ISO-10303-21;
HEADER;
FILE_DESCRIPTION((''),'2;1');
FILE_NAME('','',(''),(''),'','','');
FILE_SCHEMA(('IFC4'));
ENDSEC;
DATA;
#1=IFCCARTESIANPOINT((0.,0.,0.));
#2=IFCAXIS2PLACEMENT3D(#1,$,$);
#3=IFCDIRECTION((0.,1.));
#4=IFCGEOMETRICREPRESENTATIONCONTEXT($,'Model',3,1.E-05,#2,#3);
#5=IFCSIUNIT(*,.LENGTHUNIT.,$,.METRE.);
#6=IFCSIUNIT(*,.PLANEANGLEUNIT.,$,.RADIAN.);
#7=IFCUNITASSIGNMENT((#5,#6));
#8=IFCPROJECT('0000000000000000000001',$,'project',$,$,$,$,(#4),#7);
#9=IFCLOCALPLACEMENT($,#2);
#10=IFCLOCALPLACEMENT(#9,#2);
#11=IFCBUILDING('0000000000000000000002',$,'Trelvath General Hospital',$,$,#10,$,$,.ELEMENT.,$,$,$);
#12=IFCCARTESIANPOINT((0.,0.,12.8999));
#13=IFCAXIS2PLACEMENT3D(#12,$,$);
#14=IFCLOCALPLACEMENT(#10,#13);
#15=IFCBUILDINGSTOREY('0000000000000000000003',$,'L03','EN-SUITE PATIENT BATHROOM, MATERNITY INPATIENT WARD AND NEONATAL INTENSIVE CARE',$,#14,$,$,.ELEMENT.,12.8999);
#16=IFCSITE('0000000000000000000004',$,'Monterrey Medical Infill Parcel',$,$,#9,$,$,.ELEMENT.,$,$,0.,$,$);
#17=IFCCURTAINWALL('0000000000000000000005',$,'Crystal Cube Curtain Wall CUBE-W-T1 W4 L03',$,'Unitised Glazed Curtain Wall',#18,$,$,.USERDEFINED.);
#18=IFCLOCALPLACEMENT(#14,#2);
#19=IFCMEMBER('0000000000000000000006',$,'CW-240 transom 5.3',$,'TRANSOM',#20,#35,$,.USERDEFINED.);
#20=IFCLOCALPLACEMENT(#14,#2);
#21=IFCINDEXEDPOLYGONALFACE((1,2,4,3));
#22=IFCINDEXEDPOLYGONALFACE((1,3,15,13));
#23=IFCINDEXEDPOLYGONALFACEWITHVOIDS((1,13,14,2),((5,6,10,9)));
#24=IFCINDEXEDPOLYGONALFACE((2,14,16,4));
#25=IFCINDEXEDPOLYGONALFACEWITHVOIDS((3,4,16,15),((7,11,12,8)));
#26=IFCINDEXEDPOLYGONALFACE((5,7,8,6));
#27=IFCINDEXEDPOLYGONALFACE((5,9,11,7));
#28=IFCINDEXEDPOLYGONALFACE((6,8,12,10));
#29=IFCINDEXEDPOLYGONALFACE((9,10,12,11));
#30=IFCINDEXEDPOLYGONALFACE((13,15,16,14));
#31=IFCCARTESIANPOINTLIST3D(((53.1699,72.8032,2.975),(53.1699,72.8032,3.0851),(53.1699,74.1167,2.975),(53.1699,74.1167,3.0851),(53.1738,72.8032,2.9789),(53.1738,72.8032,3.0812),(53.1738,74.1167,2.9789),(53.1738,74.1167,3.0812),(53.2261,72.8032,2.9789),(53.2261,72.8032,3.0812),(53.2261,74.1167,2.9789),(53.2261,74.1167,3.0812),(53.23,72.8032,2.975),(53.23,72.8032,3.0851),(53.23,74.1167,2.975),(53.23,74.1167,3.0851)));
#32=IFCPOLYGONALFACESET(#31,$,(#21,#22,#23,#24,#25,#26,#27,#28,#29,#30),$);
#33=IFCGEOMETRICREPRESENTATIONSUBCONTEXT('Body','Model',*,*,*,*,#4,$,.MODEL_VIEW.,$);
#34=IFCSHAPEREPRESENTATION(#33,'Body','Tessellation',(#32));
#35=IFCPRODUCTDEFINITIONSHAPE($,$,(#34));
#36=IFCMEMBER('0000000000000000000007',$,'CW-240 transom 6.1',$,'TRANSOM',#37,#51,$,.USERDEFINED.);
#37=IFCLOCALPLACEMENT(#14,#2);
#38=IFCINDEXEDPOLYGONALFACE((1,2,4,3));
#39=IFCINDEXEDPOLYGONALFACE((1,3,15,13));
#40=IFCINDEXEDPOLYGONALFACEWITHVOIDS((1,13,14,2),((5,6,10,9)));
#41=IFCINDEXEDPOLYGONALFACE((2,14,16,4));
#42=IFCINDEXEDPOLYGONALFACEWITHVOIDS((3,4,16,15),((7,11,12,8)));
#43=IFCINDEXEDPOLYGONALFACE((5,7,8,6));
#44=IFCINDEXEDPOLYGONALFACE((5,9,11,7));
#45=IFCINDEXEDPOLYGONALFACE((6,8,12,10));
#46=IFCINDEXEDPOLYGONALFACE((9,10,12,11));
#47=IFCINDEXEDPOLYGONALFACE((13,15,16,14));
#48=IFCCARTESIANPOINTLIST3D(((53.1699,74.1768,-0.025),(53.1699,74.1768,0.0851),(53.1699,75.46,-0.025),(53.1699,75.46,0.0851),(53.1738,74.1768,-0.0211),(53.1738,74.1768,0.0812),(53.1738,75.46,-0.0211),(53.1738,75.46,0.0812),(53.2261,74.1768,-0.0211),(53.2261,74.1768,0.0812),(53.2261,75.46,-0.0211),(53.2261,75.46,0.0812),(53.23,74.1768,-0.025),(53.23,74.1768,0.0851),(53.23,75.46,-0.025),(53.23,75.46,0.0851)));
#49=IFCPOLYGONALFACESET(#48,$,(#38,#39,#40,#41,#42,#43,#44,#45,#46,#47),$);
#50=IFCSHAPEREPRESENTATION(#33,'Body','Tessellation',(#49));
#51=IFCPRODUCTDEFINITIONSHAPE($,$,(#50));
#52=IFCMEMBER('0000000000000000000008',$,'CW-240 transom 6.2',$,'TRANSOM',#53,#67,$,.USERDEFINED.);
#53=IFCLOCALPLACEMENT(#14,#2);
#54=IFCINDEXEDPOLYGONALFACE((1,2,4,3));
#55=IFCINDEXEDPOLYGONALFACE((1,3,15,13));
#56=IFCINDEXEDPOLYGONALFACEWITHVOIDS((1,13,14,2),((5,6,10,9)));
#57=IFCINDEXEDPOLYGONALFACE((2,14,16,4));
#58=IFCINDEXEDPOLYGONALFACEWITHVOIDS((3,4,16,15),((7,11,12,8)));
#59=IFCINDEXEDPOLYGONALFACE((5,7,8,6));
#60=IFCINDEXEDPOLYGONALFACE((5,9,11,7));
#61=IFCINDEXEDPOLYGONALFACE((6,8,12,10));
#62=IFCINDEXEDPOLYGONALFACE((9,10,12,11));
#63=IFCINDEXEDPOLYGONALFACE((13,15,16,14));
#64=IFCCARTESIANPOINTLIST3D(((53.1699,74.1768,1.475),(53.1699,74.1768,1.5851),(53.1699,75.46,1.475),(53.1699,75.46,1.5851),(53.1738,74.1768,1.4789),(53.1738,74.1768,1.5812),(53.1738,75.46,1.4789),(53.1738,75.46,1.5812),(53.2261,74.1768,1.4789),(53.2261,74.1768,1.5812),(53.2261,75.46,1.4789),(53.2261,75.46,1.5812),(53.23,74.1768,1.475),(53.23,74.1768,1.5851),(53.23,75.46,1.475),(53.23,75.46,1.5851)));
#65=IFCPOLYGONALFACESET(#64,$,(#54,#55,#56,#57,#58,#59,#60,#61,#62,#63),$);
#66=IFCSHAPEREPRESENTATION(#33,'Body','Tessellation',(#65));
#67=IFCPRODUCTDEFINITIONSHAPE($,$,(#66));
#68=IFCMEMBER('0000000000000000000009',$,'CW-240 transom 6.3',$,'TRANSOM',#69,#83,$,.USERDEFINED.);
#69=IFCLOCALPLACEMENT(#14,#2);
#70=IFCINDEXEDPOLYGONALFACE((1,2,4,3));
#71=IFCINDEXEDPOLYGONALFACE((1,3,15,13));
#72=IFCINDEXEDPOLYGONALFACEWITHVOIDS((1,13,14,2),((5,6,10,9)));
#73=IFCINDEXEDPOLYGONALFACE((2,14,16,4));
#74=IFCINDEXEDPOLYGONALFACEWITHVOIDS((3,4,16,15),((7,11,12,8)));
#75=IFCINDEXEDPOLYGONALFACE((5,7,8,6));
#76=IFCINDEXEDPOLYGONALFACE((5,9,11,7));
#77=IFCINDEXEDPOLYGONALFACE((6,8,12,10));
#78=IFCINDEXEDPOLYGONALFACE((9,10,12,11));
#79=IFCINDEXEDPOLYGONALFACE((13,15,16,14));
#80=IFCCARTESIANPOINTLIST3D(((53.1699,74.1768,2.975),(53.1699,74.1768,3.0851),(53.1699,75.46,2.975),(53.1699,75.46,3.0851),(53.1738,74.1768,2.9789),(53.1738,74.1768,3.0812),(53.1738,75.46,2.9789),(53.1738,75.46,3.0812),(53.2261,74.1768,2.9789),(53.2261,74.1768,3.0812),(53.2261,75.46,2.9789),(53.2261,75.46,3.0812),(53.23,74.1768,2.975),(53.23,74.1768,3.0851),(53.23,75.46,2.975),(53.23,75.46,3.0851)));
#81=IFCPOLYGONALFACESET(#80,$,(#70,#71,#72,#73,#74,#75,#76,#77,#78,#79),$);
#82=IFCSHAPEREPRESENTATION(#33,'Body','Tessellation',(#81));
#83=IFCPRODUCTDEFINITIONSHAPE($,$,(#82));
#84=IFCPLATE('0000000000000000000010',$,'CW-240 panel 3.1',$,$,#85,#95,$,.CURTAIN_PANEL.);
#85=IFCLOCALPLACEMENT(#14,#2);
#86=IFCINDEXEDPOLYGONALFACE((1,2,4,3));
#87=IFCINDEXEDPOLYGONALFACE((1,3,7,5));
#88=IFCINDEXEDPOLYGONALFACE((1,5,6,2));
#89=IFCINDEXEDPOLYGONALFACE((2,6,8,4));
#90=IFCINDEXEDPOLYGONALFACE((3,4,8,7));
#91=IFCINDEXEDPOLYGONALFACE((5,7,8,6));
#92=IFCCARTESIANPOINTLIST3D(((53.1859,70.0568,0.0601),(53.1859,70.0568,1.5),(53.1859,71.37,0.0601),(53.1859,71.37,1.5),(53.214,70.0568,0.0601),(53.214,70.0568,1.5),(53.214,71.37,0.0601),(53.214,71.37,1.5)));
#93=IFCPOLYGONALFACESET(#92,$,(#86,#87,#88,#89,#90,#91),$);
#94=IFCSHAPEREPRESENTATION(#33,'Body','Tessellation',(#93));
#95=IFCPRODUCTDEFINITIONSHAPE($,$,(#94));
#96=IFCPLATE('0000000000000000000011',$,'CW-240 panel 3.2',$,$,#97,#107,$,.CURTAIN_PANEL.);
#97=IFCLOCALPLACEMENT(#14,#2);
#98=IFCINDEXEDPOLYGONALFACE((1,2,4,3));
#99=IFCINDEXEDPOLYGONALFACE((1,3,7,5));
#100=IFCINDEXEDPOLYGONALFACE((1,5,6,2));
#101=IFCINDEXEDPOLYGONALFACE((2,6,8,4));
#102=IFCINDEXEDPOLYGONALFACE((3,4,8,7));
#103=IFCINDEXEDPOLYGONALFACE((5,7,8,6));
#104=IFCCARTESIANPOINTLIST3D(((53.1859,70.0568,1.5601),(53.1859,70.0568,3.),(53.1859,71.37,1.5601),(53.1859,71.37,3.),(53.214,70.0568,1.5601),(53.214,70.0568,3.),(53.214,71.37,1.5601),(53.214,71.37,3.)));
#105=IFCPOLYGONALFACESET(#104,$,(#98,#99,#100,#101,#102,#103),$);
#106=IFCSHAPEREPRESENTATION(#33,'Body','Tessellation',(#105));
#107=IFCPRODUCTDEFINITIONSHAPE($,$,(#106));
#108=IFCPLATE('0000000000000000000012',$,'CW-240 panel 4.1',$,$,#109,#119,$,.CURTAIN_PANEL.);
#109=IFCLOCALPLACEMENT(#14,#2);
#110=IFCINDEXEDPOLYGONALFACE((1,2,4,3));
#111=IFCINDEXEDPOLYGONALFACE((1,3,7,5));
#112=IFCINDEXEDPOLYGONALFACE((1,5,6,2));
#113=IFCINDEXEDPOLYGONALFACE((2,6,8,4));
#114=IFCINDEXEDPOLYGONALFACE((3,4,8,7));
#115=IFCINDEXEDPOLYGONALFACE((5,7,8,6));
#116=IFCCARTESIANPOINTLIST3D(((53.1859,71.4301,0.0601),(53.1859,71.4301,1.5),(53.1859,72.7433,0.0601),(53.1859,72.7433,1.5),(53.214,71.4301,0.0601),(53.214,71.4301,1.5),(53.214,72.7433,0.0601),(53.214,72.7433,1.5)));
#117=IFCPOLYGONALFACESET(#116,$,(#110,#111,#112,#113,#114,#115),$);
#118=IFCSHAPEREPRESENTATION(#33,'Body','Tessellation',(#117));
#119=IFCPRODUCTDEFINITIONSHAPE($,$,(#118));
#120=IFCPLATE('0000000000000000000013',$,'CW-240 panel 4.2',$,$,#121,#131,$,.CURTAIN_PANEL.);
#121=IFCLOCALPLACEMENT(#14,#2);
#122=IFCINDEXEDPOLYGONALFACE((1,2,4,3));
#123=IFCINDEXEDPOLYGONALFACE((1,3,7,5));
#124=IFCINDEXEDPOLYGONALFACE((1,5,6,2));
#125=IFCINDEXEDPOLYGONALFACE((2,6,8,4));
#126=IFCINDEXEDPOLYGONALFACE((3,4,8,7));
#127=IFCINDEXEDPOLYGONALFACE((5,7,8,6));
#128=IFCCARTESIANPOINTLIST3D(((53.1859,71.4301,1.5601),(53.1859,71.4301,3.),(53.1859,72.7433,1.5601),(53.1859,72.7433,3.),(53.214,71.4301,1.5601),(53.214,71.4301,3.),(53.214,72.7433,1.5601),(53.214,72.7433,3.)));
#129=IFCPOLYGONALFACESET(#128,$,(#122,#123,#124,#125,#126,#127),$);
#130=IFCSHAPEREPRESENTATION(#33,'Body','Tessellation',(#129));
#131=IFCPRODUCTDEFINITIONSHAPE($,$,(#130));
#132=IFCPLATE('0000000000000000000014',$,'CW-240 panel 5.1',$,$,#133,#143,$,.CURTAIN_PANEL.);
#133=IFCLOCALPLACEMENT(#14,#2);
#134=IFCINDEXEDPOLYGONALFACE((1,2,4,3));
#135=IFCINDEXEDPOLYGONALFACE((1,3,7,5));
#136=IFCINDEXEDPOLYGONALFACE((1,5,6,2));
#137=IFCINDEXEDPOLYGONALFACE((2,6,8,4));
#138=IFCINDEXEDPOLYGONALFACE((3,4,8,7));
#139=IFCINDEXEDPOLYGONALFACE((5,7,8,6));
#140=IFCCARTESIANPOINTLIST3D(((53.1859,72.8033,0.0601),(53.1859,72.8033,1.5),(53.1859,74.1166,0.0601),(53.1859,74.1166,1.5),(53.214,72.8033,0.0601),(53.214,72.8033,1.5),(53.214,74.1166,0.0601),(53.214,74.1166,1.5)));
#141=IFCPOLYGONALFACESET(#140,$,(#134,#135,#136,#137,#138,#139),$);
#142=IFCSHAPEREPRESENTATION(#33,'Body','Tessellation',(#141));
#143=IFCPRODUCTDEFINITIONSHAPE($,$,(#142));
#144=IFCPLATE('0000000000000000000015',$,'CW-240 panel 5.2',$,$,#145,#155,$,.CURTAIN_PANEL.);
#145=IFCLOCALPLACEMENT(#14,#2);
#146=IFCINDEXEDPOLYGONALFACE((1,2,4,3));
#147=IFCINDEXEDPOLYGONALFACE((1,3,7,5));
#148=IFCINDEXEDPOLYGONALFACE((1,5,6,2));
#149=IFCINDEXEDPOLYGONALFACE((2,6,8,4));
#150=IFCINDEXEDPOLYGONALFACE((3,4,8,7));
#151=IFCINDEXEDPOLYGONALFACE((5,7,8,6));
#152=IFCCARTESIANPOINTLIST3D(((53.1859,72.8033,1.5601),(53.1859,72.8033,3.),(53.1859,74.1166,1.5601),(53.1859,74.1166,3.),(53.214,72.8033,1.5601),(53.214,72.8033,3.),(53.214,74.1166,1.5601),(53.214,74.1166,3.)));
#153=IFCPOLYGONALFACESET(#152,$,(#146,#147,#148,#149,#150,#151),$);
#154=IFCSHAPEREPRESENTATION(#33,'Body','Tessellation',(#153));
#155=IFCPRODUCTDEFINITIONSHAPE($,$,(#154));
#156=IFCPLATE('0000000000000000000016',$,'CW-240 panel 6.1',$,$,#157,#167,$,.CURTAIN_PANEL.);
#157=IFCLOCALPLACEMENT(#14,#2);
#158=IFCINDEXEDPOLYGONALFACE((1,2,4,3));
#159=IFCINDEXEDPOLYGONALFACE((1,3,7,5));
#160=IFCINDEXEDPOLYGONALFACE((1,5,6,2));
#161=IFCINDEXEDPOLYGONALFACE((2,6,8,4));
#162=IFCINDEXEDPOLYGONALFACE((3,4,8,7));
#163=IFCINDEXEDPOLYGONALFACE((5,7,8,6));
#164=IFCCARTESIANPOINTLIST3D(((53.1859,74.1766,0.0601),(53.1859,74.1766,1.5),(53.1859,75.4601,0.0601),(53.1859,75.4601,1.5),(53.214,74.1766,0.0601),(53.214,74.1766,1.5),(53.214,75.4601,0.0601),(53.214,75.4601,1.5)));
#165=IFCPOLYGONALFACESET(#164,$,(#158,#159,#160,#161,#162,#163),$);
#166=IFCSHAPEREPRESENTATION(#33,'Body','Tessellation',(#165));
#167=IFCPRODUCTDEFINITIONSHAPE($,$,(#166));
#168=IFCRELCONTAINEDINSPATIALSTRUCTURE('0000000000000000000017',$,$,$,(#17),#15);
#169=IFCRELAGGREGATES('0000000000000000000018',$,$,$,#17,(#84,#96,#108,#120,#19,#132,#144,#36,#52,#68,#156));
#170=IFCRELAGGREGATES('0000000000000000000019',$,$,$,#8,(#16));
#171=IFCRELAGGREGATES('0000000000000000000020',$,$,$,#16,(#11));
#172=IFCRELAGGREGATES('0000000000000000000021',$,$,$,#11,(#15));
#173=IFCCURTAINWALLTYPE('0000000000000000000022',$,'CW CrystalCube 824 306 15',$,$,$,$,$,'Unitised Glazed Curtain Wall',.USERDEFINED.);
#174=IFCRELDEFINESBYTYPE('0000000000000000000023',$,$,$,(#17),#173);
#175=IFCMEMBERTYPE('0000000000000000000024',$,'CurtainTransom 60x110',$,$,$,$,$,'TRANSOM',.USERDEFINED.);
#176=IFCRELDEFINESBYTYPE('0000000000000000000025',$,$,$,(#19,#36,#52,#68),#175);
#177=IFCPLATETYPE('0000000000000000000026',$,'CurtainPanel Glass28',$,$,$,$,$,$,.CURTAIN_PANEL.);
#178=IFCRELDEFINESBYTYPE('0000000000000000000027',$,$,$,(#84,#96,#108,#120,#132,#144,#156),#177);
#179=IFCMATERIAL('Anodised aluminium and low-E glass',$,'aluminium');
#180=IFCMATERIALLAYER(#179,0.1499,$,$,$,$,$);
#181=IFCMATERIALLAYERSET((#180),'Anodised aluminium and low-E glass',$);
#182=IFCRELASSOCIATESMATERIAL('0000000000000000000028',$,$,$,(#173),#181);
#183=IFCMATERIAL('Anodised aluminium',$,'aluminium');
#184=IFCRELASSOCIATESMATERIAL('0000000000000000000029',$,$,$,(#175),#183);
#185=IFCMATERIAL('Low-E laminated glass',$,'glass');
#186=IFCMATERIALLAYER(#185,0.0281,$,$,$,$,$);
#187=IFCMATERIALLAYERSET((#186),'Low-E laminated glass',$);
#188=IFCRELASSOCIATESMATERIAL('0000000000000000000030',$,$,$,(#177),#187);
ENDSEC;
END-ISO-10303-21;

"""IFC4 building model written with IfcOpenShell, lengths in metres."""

from ifc_helpers import new_model, si_unit, direction, frame, origin, origin_2d, place, context, subcontext, project, spatial, rectangle, hollow_rectangle, extrude, material, layer, layer_set, material_profile, profile_set, type_object, element, aggregate, save


model = new_model("IFC4")

# Units and contexts
model_context = context("Model", 3, precision=1e-05, world=origin(), true_north=direction((0.0, 1.0)))
body_context = subcontext(model_context, "Body", "Model", "MODEL_VIEW")
ifc_project = project(units=[si_unit("LENGTHUNIT", "METRE"), si_unit("PLANEANGLEUNIT", "RADIAN")], contexts=[model_context])

# Site, building, storey
site_placement = place(None, origin())
site = spatial("IfcSite", under=ifc_project, at=site_placement, Name="Monterrey Medical Infill Parcel", CompositionType="ELEMENT", RefElevation=0.0)
building_placement = place(site_placement, origin())
building = spatial("IfcBuilding", under=site, at=building_placement, Name="Trelvath General Hospital", CompositionType="ELEMENT")
storey_placement = place(building_placement, frame((0.0, 0.0, 12.8999)))
storey = spatial("IfcBuildingStorey", under=building, at=storey_placement, Name="L03", Description="EN-SUITE PATIENT BATHROOM, MATERNITY INPATIENT WARD AND NEONATAL INTENSIVE CARE", CompositionType="ELEMENT", Elevation=12.8999)

# Curtain wall, members, plates
ifc_material_1 = material(Name="Anodised aluminium and low-E glass", Category="aluminium")
ifc_layer_1 = layer(ifc_material_1, 0.1499)
ifc_layer_set_1 = layer_set([ifc_layer_1], Name="Anodised aluminium and low-E glass")
curtain_wall_type = type_object("IfcCurtainWallType", Name="CW CrystalCube 824 306 15", ElementType="Unitised Glazed Curtain Wall", PredefinedType="USERDEFINED", material=ifc_layer_set_1)
curtain_wall_placement = place(storey_placement, origin())
curtain_wall = element("IfcCurtainWall", 1, at=curtain_wall_placement, inside=storey, type_object=curtain_wall_type, Name="Crystal Cube Curtain Wall CUBE-W-T1 W4 L03", ObjectType="Unitised Glazed Curtain Wall", PredefinedType="USERDEFINED")
ifc_material_2 = material(Name="Anodised aluminium", Category="aluminium")
ifc_material_profile_1 = material_profile(ifc_material_2, hollow_rectangle(XDim=0.0601, YDim=0.1101, WallThickness=0.0039, at=origin_2d()), Name="RHS60x110x4")
ifc_profile_set_1 = profile_set([ifc_material_profile_1], Name="Anodised aluminium")
member_type_1 = type_object("IfcMemberType", Name="CurtainTransom 60x110", ElementType="TRANSOM", PredefinedType="USERDEFINED", material=ifc_profile_set_1)
member_1_placement = place(storey_placement, frame((53.2, 72.8032, 3.03), z_axis=(0.0, 1.0, 0.0), x_axis=(-1.0, 0.0, 0.0)))
member_1 = element("IfcMember", 2, at=member_1_placement, type_object=member_type_1, Name="CW-240 transom 5.3", ObjectType="TRANSOM", PredefinedType="USERDEFINED", context=body_context, shape_type="SweptSolid", body=[
    extrude(hollow_rectangle(XDim=0.0601, YDim=0.1101, WallThickness=0.0039, at=origin_2d()), origin(), (0.0, 0.0, 1.0), 1.3135),
])
member_2_placement = place(storey_placement, frame((53.2, 74.1768, 0.03), z_axis=(0.0, 1.0, 0.0), x_axis=(-1.0, 0.0, 0.0)))
member_2 = element("IfcMember", 3, at=member_2_placement, type_object=member_type_1, Name="CW-240 transom 6.1", ObjectType="TRANSOM", PredefinedType="USERDEFINED", context=body_context, shape_type="SweptSolid", body=[
    extrude(hollow_rectangle(XDim=0.0601, YDim=0.1101, WallThickness=0.0039, at=origin_2d()), origin(), (0.0, 0.0, 1.0), 1.2832),
])
member_3_placement = place(storey_placement, frame((53.2, 74.1768, 1.53), z_axis=(0.0, 1.0, 0.0), x_axis=(-1.0, 0.0, 0.0)))
member_3 = element("IfcMember", 4, at=member_3_placement, type_object=member_type_1, Name="CW-240 transom 6.2", ObjectType="TRANSOM", PredefinedType="USERDEFINED", context=body_context, shape_type="SweptSolid", body=[
    extrude(hollow_rectangle(XDim=0.0601, YDim=0.1101, WallThickness=0.0039, at=origin_2d()), origin(), (0.0, 0.0, 1.0), 1.2832),
])
member_4_placement = place(storey_placement, frame((53.2, 74.1768, 3.03), z_axis=(0.0, 1.0, 0.0), x_axis=(-1.0, 0.0, 0.0)))
member_4 = element("IfcMember", 5, at=member_4_placement, type_object=member_type_1, Name="CW-240 transom 6.3", ObjectType="TRANSOM", PredefinedType="USERDEFINED", context=body_context, shape_type="SweptSolid", body=[
    extrude(hollow_rectangle(XDim=0.0601, YDim=0.1101, WallThickness=0.0039, at=origin_2d()), origin(), (0.0, 0.0, 1.0), 1.2832),
])
ifc_material_3 = material(Name="Low-E laminated glass", Category="glass")
ifc_layer_2 = layer(ifc_material_3, 0.0281)
ifc_layer_set_2 = layer_set([ifc_layer_2], Name="Low-E laminated glass")
plate_type = type_object("IfcPlateType", Name="CurtainPanel Glass28", PredefinedType="CURTAIN_PANEL", material=ifc_layer_set_2)
plate_1_placement = place(storey_placement, frame((53.2, 70.7134, 0.0601), z_axis=(0.0, 0.0, 1.0), x_axis=(0.0, 1.0, 0.0)))
plate_1 = element("IfcPlate", 6, at=plate_1_placement, type_object=plate_type, Name="CW-240 panel 3.1", PredefinedType="CURTAIN_PANEL", context=body_context, shape_type="SweptSolid", body=[
    extrude(rectangle(XDim=1.3132, YDim=0.0281, at=origin_2d()), origin(), (0.0, 0.0, 1.0), 1.4399),
])
plate_2_placement = place(storey_placement, frame((53.2, 70.7134, 1.5601), z_axis=(0.0, 0.0, 1.0), x_axis=(0.0, 1.0, 0.0)))
plate_2 = element("IfcPlate", 7, at=plate_2_placement, type_object=plate_type, Name="CW-240 panel 3.2", PredefinedType="CURTAIN_PANEL", context=body_context, shape_type="SweptSolid", body=[
    extrude(rectangle(XDim=1.3132, YDim=0.0281, at=origin_2d()), origin(), (0.0, 0.0, 1.0), 1.4399),
])
plate_3_placement = place(storey_placement, frame((53.2, 72.0867, 0.0601), z_axis=(0.0, 0.0, 1.0), x_axis=(0.0, 1.0, 0.0)))
plate_3 = element("IfcPlate", 8, at=plate_3_placement, type_object=plate_type, Name="CW-240 panel 4.1", PredefinedType="CURTAIN_PANEL", context=body_context, shape_type="SweptSolid", body=[
    extrude(rectangle(XDim=1.3132, YDim=0.0281, at=origin_2d()), origin(), (0.0, 0.0, 1.0), 1.4399),
])
plate_4_placement = place(storey_placement, frame((53.2, 72.0867, 1.5601), z_axis=(0.0, 0.0, 1.0), x_axis=(0.0, 1.0, 0.0)))
plate_4 = element("IfcPlate", 9, at=plate_4_placement, type_object=plate_type, Name="CW-240 panel 4.2", PredefinedType="CURTAIN_PANEL", context=body_context, shape_type="SweptSolid", body=[
    extrude(rectangle(XDim=1.3132, YDim=0.0281, at=origin_2d()), origin(), (0.0, 0.0, 1.0), 1.4399),
])
plate_5_placement = place(storey_placement, frame((53.2, 73.46, 0.0601), z_axis=(0.0, 0.0, 1.0), x_axis=(0.0, 1.0, 0.0)))
plate_5 = element("IfcPlate", 10, at=plate_5_placement, type_object=plate_type, Name="CW-240 panel 5.1", PredefinedType="CURTAIN_PANEL", context=body_context, shape_type="SweptSolid", body=[
    extrude(rectangle(XDim=1.3132, YDim=0.0281, at=origin_2d()), origin(), (0.0, 0.0, 1.0), 1.4399),
])
plate_6_placement = place(storey_placement, frame((53.2, 73.46, 1.5601), z_axis=(0.0, 0.0, 1.0), x_axis=(0.0, 1.0, 0.0)))
plate_6 = element("IfcPlate", 11, at=plate_6_placement, type_object=plate_type, Name="CW-240 panel 5.2", PredefinedType="CURTAIN_PANEL", context=body_context, shape_type="SweptSolid", body=[
    extrude(rectangle(XDim=1.3132, YDim=0.0281, at=origin_2d()), origin(), (0.0, 0.0, 1.0), 1.4399),
])
plate_7_placement = place(storey_placement, frame((53.2, 74.8184, 0.0601), z_axis=(0.0, 0.0, 1.0), x_axis=(0.0, 1.0, 0.0)))
plate_7 = element("IfcPlate", 12, at=plate_7_placement, type_object=plate_type, Name="CW-240 panel 6.1", PredefinedType="CURTAIN_PANEL", context=body_context, shape_type="SweptSolid", body=[
    extrude(rectangle(XDim=1.2834, YDim=0.0281, at=origin_2d()), origin(), (0.0, 0.0, 1.0), 1.4399),
])
aggregate(curtain_wall, [plate_1, plate_2, plate_3, plate_4, member_1, plate_5, plate_6, member_2, member_3, member_4, plate_7])

save(model, "model.ifc")
